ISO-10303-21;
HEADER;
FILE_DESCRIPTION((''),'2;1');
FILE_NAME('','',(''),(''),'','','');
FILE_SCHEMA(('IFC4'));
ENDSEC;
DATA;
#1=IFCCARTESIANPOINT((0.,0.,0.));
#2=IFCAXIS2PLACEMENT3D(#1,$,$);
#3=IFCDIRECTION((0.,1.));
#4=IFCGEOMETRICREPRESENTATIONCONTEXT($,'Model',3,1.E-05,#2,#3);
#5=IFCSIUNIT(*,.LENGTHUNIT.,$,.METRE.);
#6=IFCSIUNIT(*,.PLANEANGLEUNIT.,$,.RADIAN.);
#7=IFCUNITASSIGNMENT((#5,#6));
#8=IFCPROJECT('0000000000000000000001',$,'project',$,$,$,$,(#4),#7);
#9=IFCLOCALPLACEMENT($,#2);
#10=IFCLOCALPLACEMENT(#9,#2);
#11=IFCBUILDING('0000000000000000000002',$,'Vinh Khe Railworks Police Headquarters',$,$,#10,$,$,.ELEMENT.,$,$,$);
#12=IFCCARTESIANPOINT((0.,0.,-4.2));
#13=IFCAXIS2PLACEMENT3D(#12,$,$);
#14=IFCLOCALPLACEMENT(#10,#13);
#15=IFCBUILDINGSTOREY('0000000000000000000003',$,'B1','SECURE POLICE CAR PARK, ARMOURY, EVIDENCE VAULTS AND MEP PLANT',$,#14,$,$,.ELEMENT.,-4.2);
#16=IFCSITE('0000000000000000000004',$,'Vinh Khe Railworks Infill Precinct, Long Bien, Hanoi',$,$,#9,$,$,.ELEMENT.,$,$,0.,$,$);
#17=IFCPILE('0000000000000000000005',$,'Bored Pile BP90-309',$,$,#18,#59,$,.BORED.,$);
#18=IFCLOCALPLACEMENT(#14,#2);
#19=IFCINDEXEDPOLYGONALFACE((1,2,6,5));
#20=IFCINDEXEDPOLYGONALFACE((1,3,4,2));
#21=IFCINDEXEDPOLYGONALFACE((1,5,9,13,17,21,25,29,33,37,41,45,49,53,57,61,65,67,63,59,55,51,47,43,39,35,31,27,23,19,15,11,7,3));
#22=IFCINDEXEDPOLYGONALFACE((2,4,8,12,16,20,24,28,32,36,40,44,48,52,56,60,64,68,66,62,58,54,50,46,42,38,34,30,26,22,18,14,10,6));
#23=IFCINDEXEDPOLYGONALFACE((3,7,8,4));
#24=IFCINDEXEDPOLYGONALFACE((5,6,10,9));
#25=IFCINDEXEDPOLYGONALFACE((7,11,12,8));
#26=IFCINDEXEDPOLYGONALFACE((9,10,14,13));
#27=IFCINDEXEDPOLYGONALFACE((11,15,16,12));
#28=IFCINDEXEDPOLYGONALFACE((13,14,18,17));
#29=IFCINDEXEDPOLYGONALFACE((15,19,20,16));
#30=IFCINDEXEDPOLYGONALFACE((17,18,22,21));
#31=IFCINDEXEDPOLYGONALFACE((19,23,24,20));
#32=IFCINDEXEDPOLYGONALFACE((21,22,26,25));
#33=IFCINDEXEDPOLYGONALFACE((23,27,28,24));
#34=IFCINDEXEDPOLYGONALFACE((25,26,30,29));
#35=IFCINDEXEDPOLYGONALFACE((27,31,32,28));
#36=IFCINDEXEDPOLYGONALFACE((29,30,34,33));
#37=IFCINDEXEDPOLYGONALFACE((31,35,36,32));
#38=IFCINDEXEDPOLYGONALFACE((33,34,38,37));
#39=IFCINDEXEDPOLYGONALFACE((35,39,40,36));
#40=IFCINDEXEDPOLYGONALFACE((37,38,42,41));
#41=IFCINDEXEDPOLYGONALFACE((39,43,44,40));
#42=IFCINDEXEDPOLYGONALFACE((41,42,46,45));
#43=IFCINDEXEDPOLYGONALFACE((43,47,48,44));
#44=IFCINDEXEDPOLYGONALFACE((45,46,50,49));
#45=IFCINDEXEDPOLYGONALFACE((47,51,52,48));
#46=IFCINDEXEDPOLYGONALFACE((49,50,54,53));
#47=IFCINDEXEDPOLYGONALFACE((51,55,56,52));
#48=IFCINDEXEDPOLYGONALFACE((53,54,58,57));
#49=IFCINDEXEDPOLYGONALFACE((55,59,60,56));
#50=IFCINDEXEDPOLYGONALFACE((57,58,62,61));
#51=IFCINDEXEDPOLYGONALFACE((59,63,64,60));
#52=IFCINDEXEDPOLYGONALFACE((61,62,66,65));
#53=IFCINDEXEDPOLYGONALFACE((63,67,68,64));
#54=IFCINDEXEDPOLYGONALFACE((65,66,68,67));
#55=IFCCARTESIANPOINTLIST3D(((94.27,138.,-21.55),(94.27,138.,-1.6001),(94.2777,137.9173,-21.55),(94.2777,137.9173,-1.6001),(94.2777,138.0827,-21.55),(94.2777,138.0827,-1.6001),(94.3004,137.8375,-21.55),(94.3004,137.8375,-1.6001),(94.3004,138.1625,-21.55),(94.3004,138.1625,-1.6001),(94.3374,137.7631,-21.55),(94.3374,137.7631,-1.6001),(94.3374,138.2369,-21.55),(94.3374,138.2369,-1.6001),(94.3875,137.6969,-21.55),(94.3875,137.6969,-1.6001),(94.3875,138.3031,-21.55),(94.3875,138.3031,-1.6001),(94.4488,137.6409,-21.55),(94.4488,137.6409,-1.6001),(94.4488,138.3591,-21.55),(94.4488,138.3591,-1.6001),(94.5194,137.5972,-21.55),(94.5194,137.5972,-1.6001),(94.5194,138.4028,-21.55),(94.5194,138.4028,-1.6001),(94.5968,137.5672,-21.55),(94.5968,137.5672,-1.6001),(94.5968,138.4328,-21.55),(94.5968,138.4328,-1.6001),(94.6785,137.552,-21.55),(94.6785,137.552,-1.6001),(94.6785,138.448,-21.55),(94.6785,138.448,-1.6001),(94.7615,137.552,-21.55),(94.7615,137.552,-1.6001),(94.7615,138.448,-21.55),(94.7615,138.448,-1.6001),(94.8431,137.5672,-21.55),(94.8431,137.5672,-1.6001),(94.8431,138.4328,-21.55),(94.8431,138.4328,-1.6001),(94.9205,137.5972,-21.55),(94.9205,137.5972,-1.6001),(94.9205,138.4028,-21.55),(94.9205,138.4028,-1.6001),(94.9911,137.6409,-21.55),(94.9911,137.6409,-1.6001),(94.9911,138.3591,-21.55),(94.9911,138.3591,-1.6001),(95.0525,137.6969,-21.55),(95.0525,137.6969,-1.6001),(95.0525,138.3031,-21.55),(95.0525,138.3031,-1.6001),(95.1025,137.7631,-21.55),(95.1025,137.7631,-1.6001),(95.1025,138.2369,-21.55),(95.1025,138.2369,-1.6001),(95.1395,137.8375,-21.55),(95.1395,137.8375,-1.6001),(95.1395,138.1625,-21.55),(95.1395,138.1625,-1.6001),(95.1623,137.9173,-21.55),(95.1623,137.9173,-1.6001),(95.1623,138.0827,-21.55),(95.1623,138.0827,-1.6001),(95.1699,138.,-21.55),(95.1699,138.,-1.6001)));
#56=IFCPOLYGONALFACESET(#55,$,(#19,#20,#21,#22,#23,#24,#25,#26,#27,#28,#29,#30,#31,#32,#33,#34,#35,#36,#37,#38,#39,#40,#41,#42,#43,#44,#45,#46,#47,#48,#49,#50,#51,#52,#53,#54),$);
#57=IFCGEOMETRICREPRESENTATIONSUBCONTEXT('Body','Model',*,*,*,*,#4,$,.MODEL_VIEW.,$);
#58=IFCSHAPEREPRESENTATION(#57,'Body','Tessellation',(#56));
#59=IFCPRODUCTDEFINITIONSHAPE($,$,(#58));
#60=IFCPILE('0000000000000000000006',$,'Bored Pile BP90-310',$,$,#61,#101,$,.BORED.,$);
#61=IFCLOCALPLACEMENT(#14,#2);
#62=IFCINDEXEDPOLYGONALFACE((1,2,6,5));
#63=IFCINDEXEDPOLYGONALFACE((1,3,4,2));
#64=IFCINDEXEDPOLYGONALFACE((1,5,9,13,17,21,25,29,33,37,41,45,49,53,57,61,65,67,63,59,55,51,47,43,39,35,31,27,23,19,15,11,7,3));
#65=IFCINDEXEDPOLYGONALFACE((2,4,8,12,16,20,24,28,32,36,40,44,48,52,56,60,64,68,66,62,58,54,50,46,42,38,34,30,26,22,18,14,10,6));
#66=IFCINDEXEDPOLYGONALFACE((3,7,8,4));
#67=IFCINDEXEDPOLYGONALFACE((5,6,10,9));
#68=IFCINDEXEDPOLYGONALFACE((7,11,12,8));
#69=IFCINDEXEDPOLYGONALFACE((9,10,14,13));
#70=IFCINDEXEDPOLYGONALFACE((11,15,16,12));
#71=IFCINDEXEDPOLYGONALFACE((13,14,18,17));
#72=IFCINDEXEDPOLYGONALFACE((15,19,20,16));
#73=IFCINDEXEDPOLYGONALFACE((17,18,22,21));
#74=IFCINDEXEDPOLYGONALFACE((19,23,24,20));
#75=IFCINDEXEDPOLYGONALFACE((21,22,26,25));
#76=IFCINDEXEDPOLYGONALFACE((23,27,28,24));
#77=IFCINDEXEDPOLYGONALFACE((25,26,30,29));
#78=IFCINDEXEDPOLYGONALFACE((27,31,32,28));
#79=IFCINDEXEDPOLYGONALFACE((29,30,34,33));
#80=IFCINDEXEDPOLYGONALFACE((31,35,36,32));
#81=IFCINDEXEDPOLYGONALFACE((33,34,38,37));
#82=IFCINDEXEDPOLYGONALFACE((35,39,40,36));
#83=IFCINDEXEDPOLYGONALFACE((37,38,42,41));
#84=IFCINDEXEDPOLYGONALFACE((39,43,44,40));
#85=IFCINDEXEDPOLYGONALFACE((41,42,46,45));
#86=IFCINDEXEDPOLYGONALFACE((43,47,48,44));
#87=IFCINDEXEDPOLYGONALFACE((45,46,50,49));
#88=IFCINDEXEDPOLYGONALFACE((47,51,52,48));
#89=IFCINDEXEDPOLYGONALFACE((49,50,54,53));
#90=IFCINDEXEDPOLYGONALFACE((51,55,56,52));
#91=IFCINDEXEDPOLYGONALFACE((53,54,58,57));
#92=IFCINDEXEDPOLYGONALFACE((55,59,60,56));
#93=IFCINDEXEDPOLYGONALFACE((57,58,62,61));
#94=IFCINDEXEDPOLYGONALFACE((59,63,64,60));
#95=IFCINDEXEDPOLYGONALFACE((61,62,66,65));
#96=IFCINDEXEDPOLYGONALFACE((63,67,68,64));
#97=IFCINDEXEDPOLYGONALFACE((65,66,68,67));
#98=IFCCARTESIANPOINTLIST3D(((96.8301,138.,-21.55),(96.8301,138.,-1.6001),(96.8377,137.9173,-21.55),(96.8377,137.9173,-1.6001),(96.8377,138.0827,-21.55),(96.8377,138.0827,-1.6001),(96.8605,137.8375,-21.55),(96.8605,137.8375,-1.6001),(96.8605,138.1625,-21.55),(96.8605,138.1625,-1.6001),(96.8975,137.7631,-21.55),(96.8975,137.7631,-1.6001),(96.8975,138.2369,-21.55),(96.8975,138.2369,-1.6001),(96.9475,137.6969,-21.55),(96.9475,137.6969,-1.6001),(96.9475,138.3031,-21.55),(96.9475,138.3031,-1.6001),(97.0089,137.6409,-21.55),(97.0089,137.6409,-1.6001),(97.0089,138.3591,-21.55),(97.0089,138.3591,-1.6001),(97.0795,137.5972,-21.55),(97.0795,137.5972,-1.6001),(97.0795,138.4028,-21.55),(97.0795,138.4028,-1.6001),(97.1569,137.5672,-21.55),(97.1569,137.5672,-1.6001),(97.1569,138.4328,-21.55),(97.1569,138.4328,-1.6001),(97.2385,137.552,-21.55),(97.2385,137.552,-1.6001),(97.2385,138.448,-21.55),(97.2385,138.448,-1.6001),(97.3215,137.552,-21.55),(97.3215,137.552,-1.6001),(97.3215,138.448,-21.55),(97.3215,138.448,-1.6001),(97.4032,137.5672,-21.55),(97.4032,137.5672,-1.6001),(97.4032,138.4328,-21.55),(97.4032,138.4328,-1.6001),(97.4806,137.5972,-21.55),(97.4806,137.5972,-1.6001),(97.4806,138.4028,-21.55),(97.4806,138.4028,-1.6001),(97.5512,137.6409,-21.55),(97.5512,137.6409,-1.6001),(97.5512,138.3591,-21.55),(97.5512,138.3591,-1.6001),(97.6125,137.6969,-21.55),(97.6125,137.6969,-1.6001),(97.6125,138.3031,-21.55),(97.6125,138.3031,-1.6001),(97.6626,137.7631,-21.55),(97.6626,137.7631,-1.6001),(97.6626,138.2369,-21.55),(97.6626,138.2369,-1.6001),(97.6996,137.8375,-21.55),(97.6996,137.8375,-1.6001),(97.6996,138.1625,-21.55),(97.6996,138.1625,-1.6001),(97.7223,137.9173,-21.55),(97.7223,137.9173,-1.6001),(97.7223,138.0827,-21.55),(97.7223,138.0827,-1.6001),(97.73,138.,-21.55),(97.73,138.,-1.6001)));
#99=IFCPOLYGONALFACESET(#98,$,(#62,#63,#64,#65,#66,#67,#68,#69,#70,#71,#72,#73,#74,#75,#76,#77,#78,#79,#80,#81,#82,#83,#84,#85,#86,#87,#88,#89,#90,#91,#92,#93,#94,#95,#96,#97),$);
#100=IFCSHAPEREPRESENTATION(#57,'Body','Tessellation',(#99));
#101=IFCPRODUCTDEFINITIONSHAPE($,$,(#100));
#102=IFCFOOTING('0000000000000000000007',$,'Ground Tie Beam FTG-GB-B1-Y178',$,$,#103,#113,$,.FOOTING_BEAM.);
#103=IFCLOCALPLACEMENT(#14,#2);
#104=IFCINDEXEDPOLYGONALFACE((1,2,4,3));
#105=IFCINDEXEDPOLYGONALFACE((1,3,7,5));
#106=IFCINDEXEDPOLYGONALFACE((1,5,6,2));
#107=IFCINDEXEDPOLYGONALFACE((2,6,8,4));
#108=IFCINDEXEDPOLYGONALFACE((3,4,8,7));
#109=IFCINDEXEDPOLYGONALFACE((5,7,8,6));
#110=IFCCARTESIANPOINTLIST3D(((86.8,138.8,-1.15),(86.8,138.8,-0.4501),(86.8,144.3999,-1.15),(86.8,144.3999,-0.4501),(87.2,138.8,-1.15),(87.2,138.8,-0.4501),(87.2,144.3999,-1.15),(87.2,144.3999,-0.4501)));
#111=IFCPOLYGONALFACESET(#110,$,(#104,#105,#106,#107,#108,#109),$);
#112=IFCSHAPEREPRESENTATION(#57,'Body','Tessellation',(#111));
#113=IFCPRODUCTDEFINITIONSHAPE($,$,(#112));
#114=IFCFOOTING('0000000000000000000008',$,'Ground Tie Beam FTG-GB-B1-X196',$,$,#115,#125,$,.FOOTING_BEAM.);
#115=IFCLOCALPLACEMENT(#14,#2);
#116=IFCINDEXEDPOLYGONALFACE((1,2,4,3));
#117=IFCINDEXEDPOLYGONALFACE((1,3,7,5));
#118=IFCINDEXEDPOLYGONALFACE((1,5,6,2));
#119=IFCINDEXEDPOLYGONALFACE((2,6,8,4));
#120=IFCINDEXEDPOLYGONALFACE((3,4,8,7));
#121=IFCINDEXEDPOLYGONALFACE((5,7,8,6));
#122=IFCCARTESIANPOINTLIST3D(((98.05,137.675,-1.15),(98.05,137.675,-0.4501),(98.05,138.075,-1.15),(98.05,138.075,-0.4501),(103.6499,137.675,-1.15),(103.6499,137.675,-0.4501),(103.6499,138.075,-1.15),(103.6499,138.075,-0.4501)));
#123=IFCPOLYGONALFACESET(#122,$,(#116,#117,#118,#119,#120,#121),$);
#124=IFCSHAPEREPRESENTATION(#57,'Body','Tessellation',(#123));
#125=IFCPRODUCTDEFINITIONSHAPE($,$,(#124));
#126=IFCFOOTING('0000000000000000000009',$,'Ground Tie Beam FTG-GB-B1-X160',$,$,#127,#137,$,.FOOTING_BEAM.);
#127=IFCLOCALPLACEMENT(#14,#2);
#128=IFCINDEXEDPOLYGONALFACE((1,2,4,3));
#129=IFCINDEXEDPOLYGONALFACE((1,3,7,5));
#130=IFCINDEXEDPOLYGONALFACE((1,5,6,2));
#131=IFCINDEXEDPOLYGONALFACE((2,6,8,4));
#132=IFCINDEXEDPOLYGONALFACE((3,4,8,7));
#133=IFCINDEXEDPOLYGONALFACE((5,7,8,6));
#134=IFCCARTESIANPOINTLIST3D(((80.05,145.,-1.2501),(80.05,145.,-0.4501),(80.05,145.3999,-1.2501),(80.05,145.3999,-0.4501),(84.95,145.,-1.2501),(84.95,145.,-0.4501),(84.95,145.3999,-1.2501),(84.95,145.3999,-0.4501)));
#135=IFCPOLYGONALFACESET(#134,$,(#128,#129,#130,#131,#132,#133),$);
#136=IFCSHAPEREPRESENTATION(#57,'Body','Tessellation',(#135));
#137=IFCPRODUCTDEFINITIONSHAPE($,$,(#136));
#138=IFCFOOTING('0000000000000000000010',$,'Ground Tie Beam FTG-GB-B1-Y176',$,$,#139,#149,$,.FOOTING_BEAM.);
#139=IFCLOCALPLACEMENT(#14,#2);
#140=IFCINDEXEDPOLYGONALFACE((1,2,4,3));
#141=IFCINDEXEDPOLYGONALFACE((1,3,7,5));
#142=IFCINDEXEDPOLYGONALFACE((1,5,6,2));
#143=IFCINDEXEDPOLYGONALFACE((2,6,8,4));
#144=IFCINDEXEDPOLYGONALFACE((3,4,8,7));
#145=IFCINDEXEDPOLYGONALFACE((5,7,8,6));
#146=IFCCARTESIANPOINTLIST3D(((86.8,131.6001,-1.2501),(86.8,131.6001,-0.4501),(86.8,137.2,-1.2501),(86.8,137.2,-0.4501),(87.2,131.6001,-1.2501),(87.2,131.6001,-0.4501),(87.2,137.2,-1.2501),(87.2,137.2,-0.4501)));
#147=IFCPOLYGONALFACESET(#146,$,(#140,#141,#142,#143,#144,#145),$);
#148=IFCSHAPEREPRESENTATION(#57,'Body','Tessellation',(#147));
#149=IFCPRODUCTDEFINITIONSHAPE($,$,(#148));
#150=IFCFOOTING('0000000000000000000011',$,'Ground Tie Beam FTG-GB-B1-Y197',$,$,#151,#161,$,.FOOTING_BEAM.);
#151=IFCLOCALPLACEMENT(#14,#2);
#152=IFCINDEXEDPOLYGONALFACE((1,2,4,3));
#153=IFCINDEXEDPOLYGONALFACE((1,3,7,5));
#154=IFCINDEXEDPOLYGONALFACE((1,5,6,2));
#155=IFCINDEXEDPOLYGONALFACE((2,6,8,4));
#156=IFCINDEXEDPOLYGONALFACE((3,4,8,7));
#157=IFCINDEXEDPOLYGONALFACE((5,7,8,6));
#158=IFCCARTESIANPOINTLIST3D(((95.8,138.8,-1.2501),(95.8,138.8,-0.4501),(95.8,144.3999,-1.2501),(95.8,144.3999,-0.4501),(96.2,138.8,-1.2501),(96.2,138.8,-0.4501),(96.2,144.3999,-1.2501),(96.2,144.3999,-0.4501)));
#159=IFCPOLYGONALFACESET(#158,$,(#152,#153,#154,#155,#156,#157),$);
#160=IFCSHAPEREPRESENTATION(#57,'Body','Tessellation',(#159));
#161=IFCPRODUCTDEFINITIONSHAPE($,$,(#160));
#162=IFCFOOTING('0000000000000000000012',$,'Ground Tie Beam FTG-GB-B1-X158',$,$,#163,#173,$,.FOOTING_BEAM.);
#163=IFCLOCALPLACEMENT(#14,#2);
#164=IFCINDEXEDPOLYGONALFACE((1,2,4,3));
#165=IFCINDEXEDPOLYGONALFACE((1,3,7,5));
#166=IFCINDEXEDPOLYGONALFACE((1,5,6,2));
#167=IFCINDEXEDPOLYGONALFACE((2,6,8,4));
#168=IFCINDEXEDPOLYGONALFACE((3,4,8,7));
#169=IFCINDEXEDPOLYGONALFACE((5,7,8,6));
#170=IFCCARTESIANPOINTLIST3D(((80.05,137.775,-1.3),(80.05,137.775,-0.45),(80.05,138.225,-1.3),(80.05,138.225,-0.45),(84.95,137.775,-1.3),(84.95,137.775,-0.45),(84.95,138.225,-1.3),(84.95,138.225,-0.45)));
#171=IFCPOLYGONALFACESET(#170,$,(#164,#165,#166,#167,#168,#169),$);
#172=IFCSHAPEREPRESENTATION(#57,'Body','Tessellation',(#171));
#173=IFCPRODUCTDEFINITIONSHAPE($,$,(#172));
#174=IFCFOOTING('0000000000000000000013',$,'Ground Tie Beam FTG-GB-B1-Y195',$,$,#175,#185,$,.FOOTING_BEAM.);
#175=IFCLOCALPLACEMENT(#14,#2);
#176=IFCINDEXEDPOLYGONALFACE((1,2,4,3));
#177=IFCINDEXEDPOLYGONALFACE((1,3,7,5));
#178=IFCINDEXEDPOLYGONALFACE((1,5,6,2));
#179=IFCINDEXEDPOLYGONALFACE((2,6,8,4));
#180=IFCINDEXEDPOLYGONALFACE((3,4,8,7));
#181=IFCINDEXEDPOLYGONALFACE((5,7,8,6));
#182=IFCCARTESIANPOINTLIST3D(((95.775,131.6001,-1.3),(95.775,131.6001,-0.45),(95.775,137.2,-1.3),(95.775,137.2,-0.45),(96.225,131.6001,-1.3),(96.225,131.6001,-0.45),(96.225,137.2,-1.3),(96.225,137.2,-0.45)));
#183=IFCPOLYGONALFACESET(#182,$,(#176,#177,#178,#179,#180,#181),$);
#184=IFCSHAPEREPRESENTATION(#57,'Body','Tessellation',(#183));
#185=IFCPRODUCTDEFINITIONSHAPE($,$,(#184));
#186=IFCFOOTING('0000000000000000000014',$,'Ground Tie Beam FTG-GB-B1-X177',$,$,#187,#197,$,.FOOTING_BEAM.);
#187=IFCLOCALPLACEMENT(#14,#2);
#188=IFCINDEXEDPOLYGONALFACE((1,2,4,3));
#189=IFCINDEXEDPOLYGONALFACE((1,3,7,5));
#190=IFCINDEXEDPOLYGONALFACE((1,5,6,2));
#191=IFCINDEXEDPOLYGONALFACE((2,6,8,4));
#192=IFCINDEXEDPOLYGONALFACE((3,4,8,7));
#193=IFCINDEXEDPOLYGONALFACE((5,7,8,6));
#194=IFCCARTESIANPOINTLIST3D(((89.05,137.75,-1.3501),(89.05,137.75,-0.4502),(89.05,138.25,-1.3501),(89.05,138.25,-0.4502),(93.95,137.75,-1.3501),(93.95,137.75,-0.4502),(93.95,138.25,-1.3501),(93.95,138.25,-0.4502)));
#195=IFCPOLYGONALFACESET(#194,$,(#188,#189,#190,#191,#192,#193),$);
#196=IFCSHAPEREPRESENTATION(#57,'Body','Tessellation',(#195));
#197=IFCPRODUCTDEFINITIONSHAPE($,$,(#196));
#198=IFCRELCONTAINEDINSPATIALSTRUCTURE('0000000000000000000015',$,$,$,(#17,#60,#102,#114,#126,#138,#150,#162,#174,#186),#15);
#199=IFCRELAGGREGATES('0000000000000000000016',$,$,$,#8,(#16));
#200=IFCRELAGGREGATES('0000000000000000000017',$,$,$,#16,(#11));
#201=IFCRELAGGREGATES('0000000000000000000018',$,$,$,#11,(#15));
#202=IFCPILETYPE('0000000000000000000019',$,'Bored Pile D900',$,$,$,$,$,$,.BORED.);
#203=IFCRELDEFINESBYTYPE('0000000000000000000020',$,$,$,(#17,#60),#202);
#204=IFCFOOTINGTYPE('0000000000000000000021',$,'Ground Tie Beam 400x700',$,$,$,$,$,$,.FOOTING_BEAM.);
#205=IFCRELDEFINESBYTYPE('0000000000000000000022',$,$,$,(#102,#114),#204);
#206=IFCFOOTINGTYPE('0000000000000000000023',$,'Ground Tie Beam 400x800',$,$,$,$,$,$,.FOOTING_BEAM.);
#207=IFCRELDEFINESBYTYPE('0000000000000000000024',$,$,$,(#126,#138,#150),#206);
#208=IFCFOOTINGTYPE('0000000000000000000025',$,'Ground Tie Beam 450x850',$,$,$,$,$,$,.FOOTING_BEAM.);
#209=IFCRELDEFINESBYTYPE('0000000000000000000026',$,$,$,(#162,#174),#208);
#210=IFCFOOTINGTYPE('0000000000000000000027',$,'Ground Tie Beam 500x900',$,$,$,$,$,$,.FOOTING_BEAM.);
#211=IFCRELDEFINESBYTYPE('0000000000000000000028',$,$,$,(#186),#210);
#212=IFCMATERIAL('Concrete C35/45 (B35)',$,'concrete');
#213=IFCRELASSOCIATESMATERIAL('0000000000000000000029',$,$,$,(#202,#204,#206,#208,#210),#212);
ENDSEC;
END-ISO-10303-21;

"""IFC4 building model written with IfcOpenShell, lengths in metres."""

from ifc_helpers import new_model, si_unit, direction, frame, origin, origin_2d, place, context, subcontext, project, spatial, rectangle, circle, extrude, material, material_profile, profile_set, type_object, element, save


model = new_model("IFC4")

# Units and contexts
model_context = context("Model", 3, precision=1e-05, world=origin(), true_north=direction((0.0, 1.0)))
body_context = subcontext(model_context, "Body", "Model", "MODEL_VIEW")
ifc_project = project(units=[si_unit("LENGTHUNIT", "METRE"), si_unit("PLANEANGLEUNIT", "RADIAN")], contexts=[model_context])

# Site, building, storey
site_placement = place(None, origin())
site = spatial("IfcSite", under=ifc_project, at=site_placement, Name="Vinh Khe Railworks Infill Precinct, Long Bien, Hanoi", CompositionType="ELEMENT", RefElevation=0.0)
building_placement = place(site_placement, origin())
building = spatial("IfcBuilding", under=site, at=building_placement, Name="Vinh Khe Railworks Police Headquarters", CompositionType="ELEMENT")
storey_placement = place(building_placement, frame((0.0, 0.0, -4.2)))
storey = spatial("IfcBuildingStorey", under=building, at=storey_placement, Name="B1", Description="SECURE POLICE CAR PARK, ARMOURY, EVIDENCE VAULTS AND MEP PLANT", CompositionType="ELEMENT", Elevation=-4.2)

# Piles
ifc_material_1 = material(Name="Concrete C35/45 (B35)", Category="concrete")
ifc_material_profile_1 = material_profile(ifc_material_1, circle(Radius=0.45, at=origin_2d()), Name="BORED PILE D900")
ifc_profile_set_1 = profile_set([ifc_material_profile_1], Name="Concrete C35/45 (B35)")
pile_type = type_object("IfcPileType", Name="Bored Pile D900", PredefinedType="BORED", material=ifc_profile_set_1)
for number, where, z_axis, x_axis, name in (
    (1, (94.72, 138.0, -1.6001), (0.0, 0.0, -1.0), (1.0, 0.0, 0.0), "Bored Pile BP90-309"),
    (2, (97.28, 138.0, -1.6001), (0.0, 0.0, -1.0), (1.0, 0.0, 0.0), "Bored Pile BP90-310"),
):
    element("IfcPile", number, at=place(storey_placement, frame(where, z_axis=z_axis, x_axis=x_axis)), inside=storey, type_object=pile_type, Name=name, PredefinedType="BORED", context=body_context, shape_type="SweptSolid", body=[
        extrude(circle(Radius=0.45, at=origin_2d()), origin(), (0.0, 0.0, 1.0), 19.95),
    ])

# Footings
ifc_material_profile_2 = material_profile(ifc_material_1, rectangle(XDim=0.3999, YDim=0.7, at=origin_2d()), Name="RC 400x700")
ifc_profile_set_2 = profile_set([ifc_material_profile_2], Name="Concrete C35/45 (B35)")
footing_type_1 = type_object("IfcFootingType", Name="Ground Tie Beam 400x700", PredefinedType="FOOTING_BEAM", material=ifc_profile_set_2)
for number, where, z_axis, x_axis, name in (
    (3, (87.0, 138.8, -0.8), (0.0, 1.0, 0.0), (-1.0, 0.0, 0.0), "Ground Tie Beam FTG-GB-B1-Y178"),
    (4, (98.05, 137.875, -0.8), (1.0, 0.0, 0.0), (0.0, 1.0, 0.0), "Ground Tie Beam FTG-GB-B1-X196"),
):
    element("IfcFooting", number, at=place(storey_placement, frame(where, z_axis=z_axis, x_axis=x_axis)), inside=storey, type_object=footing_type_1, Name=name, PredefinedType="FOOTING_BEAM", context=body_context, shape_type="SweptSolid", body=[
        extrude(rectangle(XDim=0.3999, YDim=0.7, at=origin_2d()), origin(), (0.0, 0.0, 1.0), 5.5999),
    ])
ifc_material_profile_3 = material_profile(ifc_material_1, rectangle(XDim=0.3999, YDim=0.8, at=origin_2d()), Name="RC 400x800")
ifc_profile_set_3 = profile_set([ifc_material_profile_3], Name="Concrete C35/45 (B35)")
footing_type_2 = type_object("IfcFootingType", Name="Ground Tie Beam 400x800", PredefinedType="FOOTING_BEAM", material=ifc_profile_set_3)
footing_1_placement = place(storey_placement, frame((80.05, 145.2, -0.8501), z_axis=(1.0, 0.0, 0.0), x_axis=(0.0, 1.0, 0.0)))
element("IfcFooting", 5, at=footing_1_placement, inside=storey, type_object=footing_type_2, Name="Ground Tie Beam FTG-GB-B1-X160", PredefinedType="FOOTING_BEAM", context=body_context, shape_type="SweptSolid", body=[
    extrude(rectangle(XDim=0.3999, YDim=0.8, at=origin_2d()), origin(), (0.0, 0.0, 1.0), 4.8999),
])
for number, where, z_axis, x_axis, name in (
    (6, (87.0, 131.6001, -0.8501), (0.0, 1.0, 0.0), (-1.0, 0.0, 0.0), "Ground Tie Beam FTG-GB-B1-Y176"),
    (7, (96.0, 138.8, -0.8501), (0.0, 1.0, 0.0), (-1.0, 0.0, 0.0), "Ground Tie Beam FTG-GB-B1-Y197"),
):
    element("IfcFooting", number, at=place(storey_placement, frame(where, z_axis=z_axis, x_axis=x_axis)), inside=storey, type_object=footing_type_2, Name=name, PredefinedType="FOOTING_BEAM", context=body_context, shape_type="SweptSolid", body=[
        extrude(rectangle(XDim=0.3999, YDim=0.8, at=origin_2d()), origin(), (0.0, 0.0, 1.0), 5.5999),
    ])
ifc_material_profile_4 = material_profile(ifc_material_1, rectangle(XDim=0.45, YDim=0.8501, at=origin_2d()), Name="RC 450x850")
ifc_profile_set_4 = profile_set([ifc_material_profile_4], Name="Concrete C35/45 (B35)")
footing_type_3 = type_object("IfcFootingType", Name="Ground Tie Beam 450x850", PredefinedType="FOOTING_BEAM", material=ifc_profile_set_4)
footing_2_placement = place(storey_placement, frame((80.05, 138.0, -0.875), z_axis=(1.0, 0.0, 0.0), x_axis=(0.0, 1.0, 0.0)))
element("IfcFooting", 8, at=footing_2_placement, inside=storey, type_object=footing_type_3, Name="Ground Tie Beam FTG-GB-B1-X158", PredefinedType="FOOTING_BEAM", context=body_context, shape_type="SweptSolid", body=[
    extrude(rectangle(XDim=0.45, YDim=0.8501, at=origin_2d()), origin(), (0.0, 0.0, 1.0), 4.8999),
])
footing_3_placement = place(storey_placement, frame((96.0, 131.6001, -0.875), z_axis=(0.0, 1.0, 0.0), x_axis=(-1.0, 0.0, 0.0)))
element("IfcFooting", 9, at=footing_3_placement, inside=storey, type_object=footing_type_3, Name="Ground Tie Beam FTG-GB-B1-Y195", PredefinedType="FOOTING_BEAM", context=body_context, shape_type="SweptSolid", body=[
    extrude(rectangle(XDim=0.45, YDim=0.8501, at=origin_2d()), origin(), (0.0, 0.0, 1.0), 5.5999),
])
ifc_material_profile_5 = material_profile(ifc_material_1, rectangle(XDim=0.5, YDim=0.8999, at=origin_2d()), Name="RC 500x900")
ifc_profile_set_5 = profile_set([ifc_material_profile_5], Name="Concrete C35/45 (B35)")
footing_type_4 = type_object("IfcFootingType", Name="Ground Tie Beam 500x900", PredefinedType="FOOTING_BEAM", material=ifc_profile_set_5)
footing_4_placement = place(storey_placement, frame((89.05, 138.0, -0.9001), z_axis=(1.0, 0.0, 0.0), x_axis=(0.0, 1.0, 0.0)))
element("IfcFooting", 10, at=footing_4_placement, inside=storey, type_object=footing_type_4, Name="Ground Tie Beam FTG-GB-B1-X177", PredefinedType="FOOTING_BEAM", context=body_context, shape_type="SweptSolid", body=[
    extrude(rectangle(XDim=0.5, YDim=0.8999, at=origin_2d()), origin(), (0.0, 0.0, 1.0), 4.8999),
])

save(model, "model.ifc")
